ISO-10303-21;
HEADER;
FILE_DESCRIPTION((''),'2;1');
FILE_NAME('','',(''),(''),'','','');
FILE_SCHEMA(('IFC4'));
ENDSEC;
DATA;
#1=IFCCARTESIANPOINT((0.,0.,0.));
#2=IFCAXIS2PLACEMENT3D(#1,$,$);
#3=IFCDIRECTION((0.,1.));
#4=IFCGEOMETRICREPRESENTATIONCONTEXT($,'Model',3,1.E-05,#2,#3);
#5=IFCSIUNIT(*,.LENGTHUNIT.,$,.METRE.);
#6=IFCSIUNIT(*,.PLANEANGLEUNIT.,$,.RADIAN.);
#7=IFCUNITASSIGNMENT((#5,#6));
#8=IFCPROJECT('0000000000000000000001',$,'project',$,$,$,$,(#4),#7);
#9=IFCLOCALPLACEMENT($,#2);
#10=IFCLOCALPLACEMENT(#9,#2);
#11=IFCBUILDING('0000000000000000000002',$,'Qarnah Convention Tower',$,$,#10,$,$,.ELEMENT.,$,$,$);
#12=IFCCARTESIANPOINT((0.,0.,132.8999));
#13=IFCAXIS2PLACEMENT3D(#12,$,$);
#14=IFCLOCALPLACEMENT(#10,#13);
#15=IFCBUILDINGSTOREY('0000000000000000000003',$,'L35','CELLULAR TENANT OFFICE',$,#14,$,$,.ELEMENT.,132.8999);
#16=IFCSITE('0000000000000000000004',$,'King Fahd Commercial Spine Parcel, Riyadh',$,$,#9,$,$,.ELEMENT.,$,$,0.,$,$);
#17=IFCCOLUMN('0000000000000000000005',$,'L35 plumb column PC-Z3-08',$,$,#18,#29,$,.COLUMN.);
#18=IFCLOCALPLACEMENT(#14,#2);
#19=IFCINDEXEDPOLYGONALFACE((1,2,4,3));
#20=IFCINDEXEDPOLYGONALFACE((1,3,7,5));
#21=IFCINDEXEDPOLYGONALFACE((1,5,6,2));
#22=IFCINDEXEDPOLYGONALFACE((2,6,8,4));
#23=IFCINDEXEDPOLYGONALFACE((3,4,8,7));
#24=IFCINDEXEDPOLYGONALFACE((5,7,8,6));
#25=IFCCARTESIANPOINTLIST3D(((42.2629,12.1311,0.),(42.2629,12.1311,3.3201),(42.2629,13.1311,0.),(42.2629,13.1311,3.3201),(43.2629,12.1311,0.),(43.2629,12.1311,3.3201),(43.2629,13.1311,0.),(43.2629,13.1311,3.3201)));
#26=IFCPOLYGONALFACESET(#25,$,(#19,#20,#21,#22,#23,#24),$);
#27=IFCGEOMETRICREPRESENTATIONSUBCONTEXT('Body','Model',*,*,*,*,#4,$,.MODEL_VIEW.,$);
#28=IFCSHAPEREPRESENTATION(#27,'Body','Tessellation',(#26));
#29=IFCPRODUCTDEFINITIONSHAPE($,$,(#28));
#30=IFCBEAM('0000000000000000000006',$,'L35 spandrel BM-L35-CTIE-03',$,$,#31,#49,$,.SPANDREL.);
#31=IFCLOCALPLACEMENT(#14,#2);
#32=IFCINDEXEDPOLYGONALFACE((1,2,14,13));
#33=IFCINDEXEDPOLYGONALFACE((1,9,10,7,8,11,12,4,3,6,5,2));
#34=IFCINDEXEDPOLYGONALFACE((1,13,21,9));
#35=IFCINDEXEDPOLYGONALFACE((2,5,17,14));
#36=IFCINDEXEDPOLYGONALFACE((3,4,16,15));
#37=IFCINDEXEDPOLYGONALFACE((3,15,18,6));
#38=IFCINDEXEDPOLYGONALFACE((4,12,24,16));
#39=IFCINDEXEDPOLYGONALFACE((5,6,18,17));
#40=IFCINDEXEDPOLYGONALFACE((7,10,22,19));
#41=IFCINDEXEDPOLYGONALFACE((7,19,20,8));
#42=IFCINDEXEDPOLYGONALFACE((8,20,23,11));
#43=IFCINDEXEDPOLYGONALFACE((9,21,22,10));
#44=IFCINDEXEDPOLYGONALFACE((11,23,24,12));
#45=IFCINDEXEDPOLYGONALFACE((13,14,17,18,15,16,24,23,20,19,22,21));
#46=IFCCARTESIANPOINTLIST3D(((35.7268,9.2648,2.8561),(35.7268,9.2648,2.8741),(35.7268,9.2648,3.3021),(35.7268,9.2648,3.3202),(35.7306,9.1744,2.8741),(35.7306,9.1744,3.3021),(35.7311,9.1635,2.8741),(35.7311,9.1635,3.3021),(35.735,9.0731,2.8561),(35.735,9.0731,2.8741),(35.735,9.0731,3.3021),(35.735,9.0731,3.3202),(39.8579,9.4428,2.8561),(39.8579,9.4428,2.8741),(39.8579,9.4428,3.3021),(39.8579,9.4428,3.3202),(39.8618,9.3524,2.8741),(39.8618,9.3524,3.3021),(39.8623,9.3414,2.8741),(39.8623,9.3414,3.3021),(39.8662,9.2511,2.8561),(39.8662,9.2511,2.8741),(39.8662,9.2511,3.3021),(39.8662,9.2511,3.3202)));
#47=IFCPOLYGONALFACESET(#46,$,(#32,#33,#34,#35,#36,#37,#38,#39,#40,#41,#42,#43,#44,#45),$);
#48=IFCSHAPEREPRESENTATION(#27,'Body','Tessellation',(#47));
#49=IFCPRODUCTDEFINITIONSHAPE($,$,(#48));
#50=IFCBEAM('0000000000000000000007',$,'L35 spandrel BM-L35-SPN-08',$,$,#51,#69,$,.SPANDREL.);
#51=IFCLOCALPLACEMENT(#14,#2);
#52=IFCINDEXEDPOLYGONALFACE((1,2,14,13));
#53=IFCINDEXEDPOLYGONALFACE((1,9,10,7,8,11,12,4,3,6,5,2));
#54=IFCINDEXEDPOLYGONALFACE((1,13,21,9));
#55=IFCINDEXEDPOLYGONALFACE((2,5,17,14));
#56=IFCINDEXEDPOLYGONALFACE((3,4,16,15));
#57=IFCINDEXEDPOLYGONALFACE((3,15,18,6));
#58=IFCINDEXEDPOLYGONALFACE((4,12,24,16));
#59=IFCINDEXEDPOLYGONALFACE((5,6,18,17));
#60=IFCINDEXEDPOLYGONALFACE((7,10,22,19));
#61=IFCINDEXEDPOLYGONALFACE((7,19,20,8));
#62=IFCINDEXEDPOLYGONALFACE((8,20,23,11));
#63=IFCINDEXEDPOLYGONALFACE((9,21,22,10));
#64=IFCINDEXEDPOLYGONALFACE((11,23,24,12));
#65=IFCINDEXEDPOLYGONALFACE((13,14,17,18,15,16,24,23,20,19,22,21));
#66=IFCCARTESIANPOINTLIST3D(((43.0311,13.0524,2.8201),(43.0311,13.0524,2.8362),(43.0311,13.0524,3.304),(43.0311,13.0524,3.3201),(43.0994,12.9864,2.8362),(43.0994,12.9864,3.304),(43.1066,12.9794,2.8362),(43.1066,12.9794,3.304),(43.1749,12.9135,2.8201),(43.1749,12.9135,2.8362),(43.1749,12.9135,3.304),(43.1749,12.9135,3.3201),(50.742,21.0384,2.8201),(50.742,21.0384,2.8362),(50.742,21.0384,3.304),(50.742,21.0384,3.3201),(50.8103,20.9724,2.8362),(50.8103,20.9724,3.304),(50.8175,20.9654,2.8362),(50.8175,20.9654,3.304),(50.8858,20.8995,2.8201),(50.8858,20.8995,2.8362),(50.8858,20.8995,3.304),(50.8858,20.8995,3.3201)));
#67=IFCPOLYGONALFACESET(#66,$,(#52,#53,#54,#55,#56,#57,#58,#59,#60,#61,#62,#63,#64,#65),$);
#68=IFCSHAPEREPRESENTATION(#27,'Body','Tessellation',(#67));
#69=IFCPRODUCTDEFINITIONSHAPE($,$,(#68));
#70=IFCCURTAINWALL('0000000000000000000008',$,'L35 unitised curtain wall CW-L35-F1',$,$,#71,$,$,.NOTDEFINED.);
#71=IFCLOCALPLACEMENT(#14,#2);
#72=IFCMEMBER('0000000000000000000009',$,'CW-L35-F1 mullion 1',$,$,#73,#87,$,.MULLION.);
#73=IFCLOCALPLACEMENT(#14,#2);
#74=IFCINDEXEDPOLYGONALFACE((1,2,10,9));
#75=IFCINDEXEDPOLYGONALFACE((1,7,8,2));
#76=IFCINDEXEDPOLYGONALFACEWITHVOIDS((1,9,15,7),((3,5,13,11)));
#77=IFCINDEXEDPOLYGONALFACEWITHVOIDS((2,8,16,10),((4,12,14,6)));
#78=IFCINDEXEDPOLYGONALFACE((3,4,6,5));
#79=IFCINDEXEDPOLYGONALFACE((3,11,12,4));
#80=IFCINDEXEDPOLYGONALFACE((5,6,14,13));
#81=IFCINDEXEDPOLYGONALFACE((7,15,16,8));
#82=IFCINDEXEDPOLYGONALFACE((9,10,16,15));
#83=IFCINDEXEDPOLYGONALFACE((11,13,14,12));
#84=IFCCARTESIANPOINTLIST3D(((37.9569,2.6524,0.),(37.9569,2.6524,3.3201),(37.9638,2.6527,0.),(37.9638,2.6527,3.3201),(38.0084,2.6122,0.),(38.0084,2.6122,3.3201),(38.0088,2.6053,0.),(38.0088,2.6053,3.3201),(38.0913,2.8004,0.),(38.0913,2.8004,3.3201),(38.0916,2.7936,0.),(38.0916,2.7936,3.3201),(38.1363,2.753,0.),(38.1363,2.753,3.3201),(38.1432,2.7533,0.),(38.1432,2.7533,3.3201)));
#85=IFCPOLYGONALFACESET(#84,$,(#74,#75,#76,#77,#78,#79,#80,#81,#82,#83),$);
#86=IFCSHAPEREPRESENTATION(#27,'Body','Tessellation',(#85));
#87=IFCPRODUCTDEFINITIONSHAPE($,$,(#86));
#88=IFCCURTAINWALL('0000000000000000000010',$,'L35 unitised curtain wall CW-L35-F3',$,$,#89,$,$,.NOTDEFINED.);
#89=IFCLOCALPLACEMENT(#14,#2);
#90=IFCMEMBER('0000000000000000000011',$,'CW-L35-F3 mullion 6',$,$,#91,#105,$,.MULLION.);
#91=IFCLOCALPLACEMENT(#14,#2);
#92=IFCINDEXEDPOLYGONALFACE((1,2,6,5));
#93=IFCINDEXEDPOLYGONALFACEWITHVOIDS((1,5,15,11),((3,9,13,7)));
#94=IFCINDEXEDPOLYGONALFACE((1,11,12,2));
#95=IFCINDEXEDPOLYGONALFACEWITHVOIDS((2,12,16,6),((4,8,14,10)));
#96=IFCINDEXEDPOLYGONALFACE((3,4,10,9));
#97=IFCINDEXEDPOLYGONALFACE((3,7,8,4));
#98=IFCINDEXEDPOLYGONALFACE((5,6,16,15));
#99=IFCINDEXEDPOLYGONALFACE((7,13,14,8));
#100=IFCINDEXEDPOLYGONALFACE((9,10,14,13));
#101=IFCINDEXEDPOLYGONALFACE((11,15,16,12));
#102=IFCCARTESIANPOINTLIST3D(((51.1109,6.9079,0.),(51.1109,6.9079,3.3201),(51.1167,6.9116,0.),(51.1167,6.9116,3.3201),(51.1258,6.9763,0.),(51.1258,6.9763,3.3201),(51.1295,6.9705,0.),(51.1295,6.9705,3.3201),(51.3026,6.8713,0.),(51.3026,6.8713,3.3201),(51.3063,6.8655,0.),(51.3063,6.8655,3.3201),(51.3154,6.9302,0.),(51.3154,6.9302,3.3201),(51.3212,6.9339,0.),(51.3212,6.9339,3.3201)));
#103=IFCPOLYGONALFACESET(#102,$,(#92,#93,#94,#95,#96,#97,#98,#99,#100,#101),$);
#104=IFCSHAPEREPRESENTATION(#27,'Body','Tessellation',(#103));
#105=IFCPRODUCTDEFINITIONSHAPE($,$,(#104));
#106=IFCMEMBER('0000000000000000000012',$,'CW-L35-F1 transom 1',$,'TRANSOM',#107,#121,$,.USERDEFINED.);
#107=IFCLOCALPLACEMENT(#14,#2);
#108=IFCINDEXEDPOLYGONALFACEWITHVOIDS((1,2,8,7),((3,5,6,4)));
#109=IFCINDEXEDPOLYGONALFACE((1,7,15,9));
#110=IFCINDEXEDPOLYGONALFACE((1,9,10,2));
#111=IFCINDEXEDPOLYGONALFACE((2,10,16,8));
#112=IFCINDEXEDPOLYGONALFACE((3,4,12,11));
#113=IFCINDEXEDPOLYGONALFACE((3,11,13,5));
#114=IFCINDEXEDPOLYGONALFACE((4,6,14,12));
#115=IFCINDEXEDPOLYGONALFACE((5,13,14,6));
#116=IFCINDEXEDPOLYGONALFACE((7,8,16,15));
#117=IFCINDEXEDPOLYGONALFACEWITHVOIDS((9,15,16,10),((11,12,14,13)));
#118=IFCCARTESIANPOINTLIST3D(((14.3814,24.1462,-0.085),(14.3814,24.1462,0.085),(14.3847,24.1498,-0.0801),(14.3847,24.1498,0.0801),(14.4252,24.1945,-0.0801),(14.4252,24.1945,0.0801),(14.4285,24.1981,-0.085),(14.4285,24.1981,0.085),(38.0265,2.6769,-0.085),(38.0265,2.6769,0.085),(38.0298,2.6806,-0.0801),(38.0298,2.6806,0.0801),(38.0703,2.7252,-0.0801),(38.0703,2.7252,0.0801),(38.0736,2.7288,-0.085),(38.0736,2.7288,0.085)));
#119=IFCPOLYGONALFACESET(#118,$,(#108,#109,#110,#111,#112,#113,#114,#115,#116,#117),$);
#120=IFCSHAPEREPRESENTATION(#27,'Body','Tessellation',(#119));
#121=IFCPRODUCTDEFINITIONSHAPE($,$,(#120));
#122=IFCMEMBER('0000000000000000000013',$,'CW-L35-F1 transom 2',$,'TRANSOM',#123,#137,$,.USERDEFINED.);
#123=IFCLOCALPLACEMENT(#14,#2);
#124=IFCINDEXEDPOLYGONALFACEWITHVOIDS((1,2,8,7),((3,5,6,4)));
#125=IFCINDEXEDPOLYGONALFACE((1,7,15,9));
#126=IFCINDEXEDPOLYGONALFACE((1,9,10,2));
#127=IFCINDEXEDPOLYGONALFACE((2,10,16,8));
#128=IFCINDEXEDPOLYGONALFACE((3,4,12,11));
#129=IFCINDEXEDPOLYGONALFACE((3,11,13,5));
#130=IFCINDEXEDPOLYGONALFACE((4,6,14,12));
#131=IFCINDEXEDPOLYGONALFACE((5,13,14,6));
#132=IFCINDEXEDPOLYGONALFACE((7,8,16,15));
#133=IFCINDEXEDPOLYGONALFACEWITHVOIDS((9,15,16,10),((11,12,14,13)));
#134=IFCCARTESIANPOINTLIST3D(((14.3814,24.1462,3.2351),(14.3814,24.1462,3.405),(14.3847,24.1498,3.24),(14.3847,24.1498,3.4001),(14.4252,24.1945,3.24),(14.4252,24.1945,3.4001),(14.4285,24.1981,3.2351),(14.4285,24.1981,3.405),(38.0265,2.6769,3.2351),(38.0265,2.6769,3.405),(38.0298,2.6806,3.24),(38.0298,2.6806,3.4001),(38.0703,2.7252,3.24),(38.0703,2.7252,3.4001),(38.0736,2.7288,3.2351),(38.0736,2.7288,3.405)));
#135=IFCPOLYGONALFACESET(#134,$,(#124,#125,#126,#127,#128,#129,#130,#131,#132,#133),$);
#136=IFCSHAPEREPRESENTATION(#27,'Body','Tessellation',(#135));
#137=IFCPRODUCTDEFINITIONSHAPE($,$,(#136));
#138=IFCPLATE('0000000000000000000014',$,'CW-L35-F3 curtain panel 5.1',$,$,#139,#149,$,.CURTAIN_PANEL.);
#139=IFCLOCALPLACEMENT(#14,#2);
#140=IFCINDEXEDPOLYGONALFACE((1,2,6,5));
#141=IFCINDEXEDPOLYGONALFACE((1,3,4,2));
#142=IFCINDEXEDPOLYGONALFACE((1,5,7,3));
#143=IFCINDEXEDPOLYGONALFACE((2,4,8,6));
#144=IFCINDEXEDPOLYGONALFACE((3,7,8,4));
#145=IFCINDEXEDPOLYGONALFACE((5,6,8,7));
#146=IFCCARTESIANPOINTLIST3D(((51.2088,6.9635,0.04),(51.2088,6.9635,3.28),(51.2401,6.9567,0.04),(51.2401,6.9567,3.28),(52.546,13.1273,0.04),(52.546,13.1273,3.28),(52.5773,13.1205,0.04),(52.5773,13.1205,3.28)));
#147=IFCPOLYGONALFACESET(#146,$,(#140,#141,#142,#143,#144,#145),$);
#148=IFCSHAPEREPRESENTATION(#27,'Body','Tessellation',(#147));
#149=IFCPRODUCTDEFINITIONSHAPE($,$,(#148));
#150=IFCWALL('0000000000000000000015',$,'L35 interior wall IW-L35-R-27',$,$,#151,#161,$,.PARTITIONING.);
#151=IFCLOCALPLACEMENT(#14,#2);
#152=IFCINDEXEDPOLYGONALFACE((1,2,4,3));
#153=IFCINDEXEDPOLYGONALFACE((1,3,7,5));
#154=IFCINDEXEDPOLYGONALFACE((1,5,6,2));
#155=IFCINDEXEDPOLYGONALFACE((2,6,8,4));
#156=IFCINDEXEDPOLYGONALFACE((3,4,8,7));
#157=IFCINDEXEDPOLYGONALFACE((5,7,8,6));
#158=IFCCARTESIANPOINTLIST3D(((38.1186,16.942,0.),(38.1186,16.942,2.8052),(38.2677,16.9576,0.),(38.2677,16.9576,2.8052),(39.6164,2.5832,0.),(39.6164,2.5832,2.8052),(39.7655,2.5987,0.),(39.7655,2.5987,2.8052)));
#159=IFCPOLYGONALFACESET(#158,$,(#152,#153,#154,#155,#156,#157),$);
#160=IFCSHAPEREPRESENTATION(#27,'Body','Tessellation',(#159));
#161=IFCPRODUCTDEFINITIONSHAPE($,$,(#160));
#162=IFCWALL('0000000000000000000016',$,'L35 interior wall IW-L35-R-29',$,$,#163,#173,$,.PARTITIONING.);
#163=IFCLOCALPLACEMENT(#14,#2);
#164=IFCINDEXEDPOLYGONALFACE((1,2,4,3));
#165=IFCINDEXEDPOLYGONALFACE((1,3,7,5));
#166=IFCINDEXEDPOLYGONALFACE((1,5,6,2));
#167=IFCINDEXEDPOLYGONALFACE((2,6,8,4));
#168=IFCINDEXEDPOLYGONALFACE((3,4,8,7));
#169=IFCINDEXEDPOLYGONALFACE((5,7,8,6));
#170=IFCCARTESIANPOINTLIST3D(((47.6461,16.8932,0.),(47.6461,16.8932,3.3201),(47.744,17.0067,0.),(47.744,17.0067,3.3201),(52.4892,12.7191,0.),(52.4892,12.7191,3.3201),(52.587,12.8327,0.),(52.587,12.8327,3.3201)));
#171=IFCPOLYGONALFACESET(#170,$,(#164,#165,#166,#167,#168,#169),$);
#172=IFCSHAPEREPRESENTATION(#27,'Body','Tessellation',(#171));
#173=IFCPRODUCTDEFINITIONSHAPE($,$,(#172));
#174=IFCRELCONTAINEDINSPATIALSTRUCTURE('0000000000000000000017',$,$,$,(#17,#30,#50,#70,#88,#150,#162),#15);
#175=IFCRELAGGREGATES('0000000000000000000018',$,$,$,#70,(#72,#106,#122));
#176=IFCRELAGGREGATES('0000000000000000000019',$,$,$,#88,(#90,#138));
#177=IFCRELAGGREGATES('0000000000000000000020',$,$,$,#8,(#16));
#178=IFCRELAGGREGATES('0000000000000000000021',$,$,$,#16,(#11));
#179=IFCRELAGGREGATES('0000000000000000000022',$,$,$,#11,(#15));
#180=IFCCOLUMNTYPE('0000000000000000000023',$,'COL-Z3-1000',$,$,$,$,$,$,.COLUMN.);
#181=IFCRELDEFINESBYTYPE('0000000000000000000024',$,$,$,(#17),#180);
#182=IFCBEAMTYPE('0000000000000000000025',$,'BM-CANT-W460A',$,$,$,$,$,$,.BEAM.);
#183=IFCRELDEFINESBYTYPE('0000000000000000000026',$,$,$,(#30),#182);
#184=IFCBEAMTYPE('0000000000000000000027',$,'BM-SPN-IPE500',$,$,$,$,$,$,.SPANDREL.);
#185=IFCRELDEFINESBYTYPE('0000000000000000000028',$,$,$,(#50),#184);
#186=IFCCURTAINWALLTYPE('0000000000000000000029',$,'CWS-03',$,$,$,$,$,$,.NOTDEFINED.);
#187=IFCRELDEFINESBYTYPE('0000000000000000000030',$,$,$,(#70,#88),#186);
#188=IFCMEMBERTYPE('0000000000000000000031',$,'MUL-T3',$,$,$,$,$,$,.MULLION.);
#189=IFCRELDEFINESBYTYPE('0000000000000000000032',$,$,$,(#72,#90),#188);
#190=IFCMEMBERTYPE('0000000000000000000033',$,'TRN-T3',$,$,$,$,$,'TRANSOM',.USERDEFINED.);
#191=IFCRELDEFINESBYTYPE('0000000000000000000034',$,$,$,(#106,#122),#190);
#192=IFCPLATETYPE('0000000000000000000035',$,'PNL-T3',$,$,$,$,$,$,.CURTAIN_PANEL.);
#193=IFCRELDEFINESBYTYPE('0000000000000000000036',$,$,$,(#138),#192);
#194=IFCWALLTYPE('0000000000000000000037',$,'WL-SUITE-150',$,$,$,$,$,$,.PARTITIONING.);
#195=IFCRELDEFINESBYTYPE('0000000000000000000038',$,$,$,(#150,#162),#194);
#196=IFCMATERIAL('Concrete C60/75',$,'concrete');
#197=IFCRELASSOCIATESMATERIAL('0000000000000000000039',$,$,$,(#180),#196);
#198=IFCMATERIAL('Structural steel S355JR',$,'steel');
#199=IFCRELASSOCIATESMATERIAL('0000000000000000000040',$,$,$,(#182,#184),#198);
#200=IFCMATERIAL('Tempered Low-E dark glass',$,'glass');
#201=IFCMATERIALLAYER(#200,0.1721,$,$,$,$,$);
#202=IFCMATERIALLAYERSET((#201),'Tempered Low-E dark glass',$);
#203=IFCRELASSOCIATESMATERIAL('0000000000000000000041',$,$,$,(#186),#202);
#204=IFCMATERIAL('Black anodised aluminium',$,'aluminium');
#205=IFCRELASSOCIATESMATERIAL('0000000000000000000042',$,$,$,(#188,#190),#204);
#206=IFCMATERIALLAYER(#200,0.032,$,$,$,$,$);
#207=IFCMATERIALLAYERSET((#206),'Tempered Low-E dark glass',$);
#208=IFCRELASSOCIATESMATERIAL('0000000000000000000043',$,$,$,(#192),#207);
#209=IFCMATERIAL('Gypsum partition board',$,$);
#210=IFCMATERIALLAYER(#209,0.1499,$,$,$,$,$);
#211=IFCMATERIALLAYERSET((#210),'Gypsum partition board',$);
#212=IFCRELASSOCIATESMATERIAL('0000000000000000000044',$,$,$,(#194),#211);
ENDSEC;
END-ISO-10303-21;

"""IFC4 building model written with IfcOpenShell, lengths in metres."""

from ifc_helpers import new_model, si_unit, direction, frame, frame_2d, origin, origin_2d, place, context, subcontext, project, spatial, rectangle, hollow_rectangle, i_section, extrude, material, layer, layer_set, material_profile, profile_set, type_object, element, aggregate, save


model = new_model("IFC4")

# Units and contexts
model_context = context("Model", 3, precision=1e-05, world=origin(), true_north=direction((0.0, 1.0)))
body_context = subcontext(model_context, "Body", "Model", "MODEL_VIEW")
ifc_project = project(units=[si_unit("LENGTHUNIT", "METRE"), si_unit("PLANEANGLEUNIT", "RADIAN")], contexts=[model_context])

# Site, building, storey
site_placement = place(None, origin())
site = spatial("IfcSite", under=ifc_project, at=site_placement, Name="King Fahd Commercial Spine Parcel, Riyadh", CompositionType="ELEMENT", RefElevation=0.0)
building_placement = place(site_placement, origin())
building = spatial("IfcBuilding", under=site, at=building_placement, Name="Qarnah Convention Tower", CompositionType="ELEMENT")
storey_placement = place(building_placement, frame((0.0, 0.0, 132.8999)))
storey = spatial("IfcBuildingStorey", under=building, at=storey_placement, Name="L35", Description="CELLULAR TENANT OFFICE", CompositionType="ELEMENT", Elevation=132.8999)

# Column
ifc_material_1 = material(Name="Concrete C60/75", Category="concrete")
ifc_material_profile_1 = material_profile(ifc_material_1, rectangle(XDim=1.0, YDim=1.0, at=origin_2d()), Name="RC-COL-1000X1000")
ifc_profile_set_1 = profile_set([ifc_material_profile_1], Name="Concrete C60/75")
column_type = type_object("IfcColumnType", Name="COL-Z3-1000", PredefinedType="COLUMN", material=ifc_profile_set_1)
column_placement = place(storey_placement, frame((42.7629, 12.6311, 0.0), z_axis=(0.0, 0.0, 1.0), x_axis=(1.0, 0.0, 0.0)))
element("IfcColumn", 1, at=column_placement, inside=storey, type_object=column_type, Name="L35 plumb column PC-Z3-08", PredefinedType="COLUMN", context=body_context, shape_type="SweptSolid", body=[
    extrude(rectangle(XDim=1.0, YDim=1.0, at=origin_2d()), origin(), (0.0, 0.0, 1.0), 3.3201),
])

# Beams
ifc_material_2 = material(Name="Structural steel S355JR", Category="steel")
ifc_material_profile_2 = material_profile(ifc_material_2, i_section(OverallWidth=0.1919, OverallDepth=0.4641, WebThickness=0.011, FlangeThickness=0.0181, at=origin_2d()), Name="W460X89")
ifc_profile_set_2 = profile_set([ifc_material_profile_2], Name="Structural steel S355JR")
beam_type_1 = type_object("IfcBeamType", Name="BM-CANT-W460A", PredefinedType="BEAM", material=ifc_profile_set_2)
beam_1_placement = place(storey_placement, frame((39.8621, 9.3469, 3.0881), z_axis=(-0.999073, -0.043043, 0.0), x_axis=(0.043043, -0.999073, 0.0)))
element("IfcBeam", 2, at=beam_1_placement, inside=storey, type_object=beam_type_1, Name="L35 spandrel BM-L35-CTIE-03", PredefinedType="SPANDREL", context=body_context, shape_type="SweptSolid", body=[
    extrude(i_section(OverallWidth=0.1919, OverallDepth=0.4641, WebThickness=0.011, FlangeThickness=0.0181, at=origin_2d()), origin(), (0.0, 0.0, 1.0), 4.135),
])
ifc_material_profile_3 = material_profile(ifc_material_2, i_section(OverallWidth=0.2, OverallDepth=0.5, WebThickness=0.01, FlangeThickness=0.0161, at=origin_2d()), Name="IPE500")
ifc_profile_set_3 = profile_set([ifc_material_profile_3], Name="Structural steel S355JR")
beam_type_2 = type_object("IfcBeamType", Name="BM-SPN-IPE500", PredefinedType="SPANDREL", material=ifc_profile_set_3)
beam_2_placement = place(storey_placement, frame((43.103, 12.9829, 3.0701), z_axis=(0.694606, 0.719391, 0.0), x_axis=(-0.719391, 0.694606, 0.0)))
element("IfcBeam", 3, at=beam_2_placement, inside=storey, type_object=beam_type_2, Name="L35 spandrel BM-L35-SPN-08", PredefinedType="SPANDREL", context=body_context, shape_type="SweptSolid", body=[
    extrude(i_section(OverallWidth=0.2, OverallDepth=0.5, WebThickness=0.01, FlangeThickness=0.0161, at=origin_2d()), origin(), (0.0, 0.0, 1.0), 11.1011),
])

# Curtain walls, members
ifc_material_3 = material(Name="Tempered Low-E dark glass", Category="glass")
ifc_layer_1 = layer(ifc_material_3, 0.1721)
ifc_layer_set_1 = layer_set([ifc_layer_1], Name="Tempered Low-E dark glass")
curtain_wall_type = type_object("IfcCurtainWallType", Name="CWS-03", PredefinedType="NOTDEFINED", material=ifc_layer_set_1)
curtain_wall_1_placement = place(storey_placement, origin())
curtain_wall_1 = element("IfcCurtainWall", 4, at=curtain_wall_1_placement, inside=storey, type_object=curtain_wall_type, Name="L35 unitised curtain wall CW-L35-F1", PredefinedType="NOTDEFINED")
ifc_material_4 = material(Name="Black anodised aluminium", Category="aluminium")
ifc_material_profile_4 = material_profile(ifc_material_4, hollow_rectangle(XDim=0.0701, YDim=0.2, WallThickness=0.0049, at=origin_2d()), Name="MUL-70X200")
ifc_profile_set_4 = profile_set([ifc_material_profile_4], Name="Black anodised aluminium")
member_type_1 = type_object("IfcMemberType", Name="MUL-T3", PredefinedType="MULLION", material=ifc_profile_set_4)
member_1_placement = place(storey_placement, frame((38.05, 2.7029, 0.0), z_axis=(0.0, 0.0, 1.0), x_axis=(-0.740352, 0.672219, 0.0)))
member_1 = element("IfcMember", 5, at=member_1_placement, type_object=member_type_1, Name="CW-L35-F1 mullion 1", PredefinedType="MULLION", context=body_context, shape_type="SweptSolid", body=[
    extrude(hollow_rectangle(XDim=0.0701, YDim=0.2, WallThickness=0.0049, at=origin_2d()), origin(), (0.0, 0.0, 1.0), 3.3201),
])
curtain_wall_2_placement = place(storey_placement, origin())
curtain_wall_2 = element("IfcCurtainWall", 6, at=curtain_wall_2_placement, inside=storey, type_object=curtain_wall_type, Name="L35 unitised curtain wall CW-L35-F3", PredefinedType="NOTDEFINED")
member_2_placement = place(storey_placement, frame((51.2161, 6.9209, 0.0), z_axis=(0.0, 0.0, 1.0), x_axis=(-0.212018, -0.977266, 0.0)))
member_2 = element("IfcMember", 7, at=member_2_placement, type_object=member_type_1, Name="CW-L35-F3 mullion 6", PredefinedType="MULLION", context=body_context, shape_type="SweptSolid", body=[
    extrude(hollow_rectangle(XDim=0.0701, YDim=0.2, WallThickness=0.0049, at=origin_2d()), origin(), (0.0, 0.0, 1.0), 3.3201),
])

# Members
ifc_material_profile_5 = material_profile(ifc_material_4, hollow_rectangle(XDim=0.0701, YDim=0.1699, WallThickness=0.0049, at=origin_2d()), Name="TRN-70X170")
ifc_profile_set_5 = profile_set([ifc_material_profile_5], Name="Black anodised aluminium")
member_type_2 = type_object("IfcMemberType", Name="TRN-T3", ElementType="TRANSOM", PredefinedType="USERDEFINED", material=ifc_profile_set_5)
member_3_placement = place(storey_placement, frame((38.05, 2.7029, 0.0), z_axis=(-0.740349, 0.672223, 0.0), x_axis=(-0.672223, -0.740349, 0.0)))
member_3 = element("IfcMember", 8, at=member_3_placement, type_object=member_type_2, Name="CW-L35-F1 transom 1", ObjectType="TRANSOM", PredefinedType="USERDEFINED", context=body_context, shape_type="SweptSolid", body=[
    extrude(hollow_rectangle(XDim=0.0701, YDim=0.1699, WallThickness=0.0049, at=origin_2d()), origin(), (0.0, 0.0, 1.0), 31.9377),
])
member_4_placement = place(storey_placement, frame((38.05, 2.7029, 3.3201), z_axis=(-0.740349, 0.672223, 0.0), x_axis=(-0.672223, -0.740349, 0.0)))
member_4 = element("IfcMember", 9, at=member_4_placement, type_object=member_type_2, Name="CW-L35-F1 transom 2", ObjectType="TRANSOM", PredefinedType="USERDEFINED", context=body_context, shape_type="SweptSolid", body=[
    extrude(hollow_rectangle(XDim=0.0701, YDim=0.1699, WallThickness=0.0049, at=origin_2d()), origin(), (0.0, 0.0, 1.0), 31.9377),
])
aggregate(curtain_wall_1, [member_1, member_3, member_4])

# Plate
ifc_layer_2 = layer(ifc_material_3, 0.032)
ifc_layer_set_2 = layer_set([ifc_layer_2], Name="Tempered Low-E dark glass")
plate_type = type_object("IfcPlateType", Name="PNL-T3", PredefinedType="CURTAIN_PANEL", material=ifc_layer_set_2)
plate_placement = place(storey_placement, frame((51.8931, 10.042, 0.04), z_axis=(0.0, 0.0, 1.0), x_axis=(-0.212018, -0.977266, 0.0)))
plate = element("IfcPlate", 10, at=plate_placement, type_object=plate_type, Name="CW-L35-F3 curtain panel 5.1", PredefinedType="CURTAIN_PANEL", context=body_context, shape_type="SweptSolid", body=[
    extrude(rectangle(XDim=6.3071, YDim=0.032, at=origin_2d()), origin(), (0.0, 0.0, 1.0), 3.24),
])
aggregate(curtain_wall_2, [member_2, plate])

# Walls
ifc_material_5 = material(Name="Gypsum partition board")
ifc_layer_3 = layer(ifc_material_5, 0.1499)
ifc_layer_set_3 = layer_set([ifc_layer_3], Name="Gypsum partition board")
wall_type_1 = type_object("IfcWallType", Name="WL-SUITE-150", PredefinedType="PARTITIONING", material=ifc_layer_set_3)
wall_1_placement = place(storey_placement, frame((39.6909, 2.5911, 0.0), z_axis=(0.0, 0.0, 1.0), x_axis=(-0.103749, 0.994604, 0.0)))
element("IfcWall", 11, at=wall_1_placement, inside=storey, type_object=wall_type_1, Name="L35 interior wall IW-L35-R-27", PredefinedType="PARTITIONING", context=body_context, shape_type="SweptSolid", body=[
    extrude(rectangle(XDim=14.4368, YDim=0.1499, at=frame_2d((7.2183, 0.0))), origin(), (0.0, 0.0, 1.0), 2.8052),
])
wall_2_placement = place(storey_placement, frame((52.5381, 12.7759, 0.0), z_axis=(0.0, 0.0, 1.0), x_axis=(-0.757483, 0.652855, 0.0)))
element("IfcWall", 12, at=wall_2_placement, inside=storey, type_object=wall_type_1, Name="L35 interior wall IW-L35-R-29", PredefinedType="PARTITIONING", context=body_context, shape_type="SweptSolid", body=[
    extrude(rectangle(XDim=6.3936, YDim=0.1499, at=frame_2d((3.1968, 0.0))), origin(), (0.0, 0.0, 1.0), 3.3201),
])

save(model, "model.ifc")
